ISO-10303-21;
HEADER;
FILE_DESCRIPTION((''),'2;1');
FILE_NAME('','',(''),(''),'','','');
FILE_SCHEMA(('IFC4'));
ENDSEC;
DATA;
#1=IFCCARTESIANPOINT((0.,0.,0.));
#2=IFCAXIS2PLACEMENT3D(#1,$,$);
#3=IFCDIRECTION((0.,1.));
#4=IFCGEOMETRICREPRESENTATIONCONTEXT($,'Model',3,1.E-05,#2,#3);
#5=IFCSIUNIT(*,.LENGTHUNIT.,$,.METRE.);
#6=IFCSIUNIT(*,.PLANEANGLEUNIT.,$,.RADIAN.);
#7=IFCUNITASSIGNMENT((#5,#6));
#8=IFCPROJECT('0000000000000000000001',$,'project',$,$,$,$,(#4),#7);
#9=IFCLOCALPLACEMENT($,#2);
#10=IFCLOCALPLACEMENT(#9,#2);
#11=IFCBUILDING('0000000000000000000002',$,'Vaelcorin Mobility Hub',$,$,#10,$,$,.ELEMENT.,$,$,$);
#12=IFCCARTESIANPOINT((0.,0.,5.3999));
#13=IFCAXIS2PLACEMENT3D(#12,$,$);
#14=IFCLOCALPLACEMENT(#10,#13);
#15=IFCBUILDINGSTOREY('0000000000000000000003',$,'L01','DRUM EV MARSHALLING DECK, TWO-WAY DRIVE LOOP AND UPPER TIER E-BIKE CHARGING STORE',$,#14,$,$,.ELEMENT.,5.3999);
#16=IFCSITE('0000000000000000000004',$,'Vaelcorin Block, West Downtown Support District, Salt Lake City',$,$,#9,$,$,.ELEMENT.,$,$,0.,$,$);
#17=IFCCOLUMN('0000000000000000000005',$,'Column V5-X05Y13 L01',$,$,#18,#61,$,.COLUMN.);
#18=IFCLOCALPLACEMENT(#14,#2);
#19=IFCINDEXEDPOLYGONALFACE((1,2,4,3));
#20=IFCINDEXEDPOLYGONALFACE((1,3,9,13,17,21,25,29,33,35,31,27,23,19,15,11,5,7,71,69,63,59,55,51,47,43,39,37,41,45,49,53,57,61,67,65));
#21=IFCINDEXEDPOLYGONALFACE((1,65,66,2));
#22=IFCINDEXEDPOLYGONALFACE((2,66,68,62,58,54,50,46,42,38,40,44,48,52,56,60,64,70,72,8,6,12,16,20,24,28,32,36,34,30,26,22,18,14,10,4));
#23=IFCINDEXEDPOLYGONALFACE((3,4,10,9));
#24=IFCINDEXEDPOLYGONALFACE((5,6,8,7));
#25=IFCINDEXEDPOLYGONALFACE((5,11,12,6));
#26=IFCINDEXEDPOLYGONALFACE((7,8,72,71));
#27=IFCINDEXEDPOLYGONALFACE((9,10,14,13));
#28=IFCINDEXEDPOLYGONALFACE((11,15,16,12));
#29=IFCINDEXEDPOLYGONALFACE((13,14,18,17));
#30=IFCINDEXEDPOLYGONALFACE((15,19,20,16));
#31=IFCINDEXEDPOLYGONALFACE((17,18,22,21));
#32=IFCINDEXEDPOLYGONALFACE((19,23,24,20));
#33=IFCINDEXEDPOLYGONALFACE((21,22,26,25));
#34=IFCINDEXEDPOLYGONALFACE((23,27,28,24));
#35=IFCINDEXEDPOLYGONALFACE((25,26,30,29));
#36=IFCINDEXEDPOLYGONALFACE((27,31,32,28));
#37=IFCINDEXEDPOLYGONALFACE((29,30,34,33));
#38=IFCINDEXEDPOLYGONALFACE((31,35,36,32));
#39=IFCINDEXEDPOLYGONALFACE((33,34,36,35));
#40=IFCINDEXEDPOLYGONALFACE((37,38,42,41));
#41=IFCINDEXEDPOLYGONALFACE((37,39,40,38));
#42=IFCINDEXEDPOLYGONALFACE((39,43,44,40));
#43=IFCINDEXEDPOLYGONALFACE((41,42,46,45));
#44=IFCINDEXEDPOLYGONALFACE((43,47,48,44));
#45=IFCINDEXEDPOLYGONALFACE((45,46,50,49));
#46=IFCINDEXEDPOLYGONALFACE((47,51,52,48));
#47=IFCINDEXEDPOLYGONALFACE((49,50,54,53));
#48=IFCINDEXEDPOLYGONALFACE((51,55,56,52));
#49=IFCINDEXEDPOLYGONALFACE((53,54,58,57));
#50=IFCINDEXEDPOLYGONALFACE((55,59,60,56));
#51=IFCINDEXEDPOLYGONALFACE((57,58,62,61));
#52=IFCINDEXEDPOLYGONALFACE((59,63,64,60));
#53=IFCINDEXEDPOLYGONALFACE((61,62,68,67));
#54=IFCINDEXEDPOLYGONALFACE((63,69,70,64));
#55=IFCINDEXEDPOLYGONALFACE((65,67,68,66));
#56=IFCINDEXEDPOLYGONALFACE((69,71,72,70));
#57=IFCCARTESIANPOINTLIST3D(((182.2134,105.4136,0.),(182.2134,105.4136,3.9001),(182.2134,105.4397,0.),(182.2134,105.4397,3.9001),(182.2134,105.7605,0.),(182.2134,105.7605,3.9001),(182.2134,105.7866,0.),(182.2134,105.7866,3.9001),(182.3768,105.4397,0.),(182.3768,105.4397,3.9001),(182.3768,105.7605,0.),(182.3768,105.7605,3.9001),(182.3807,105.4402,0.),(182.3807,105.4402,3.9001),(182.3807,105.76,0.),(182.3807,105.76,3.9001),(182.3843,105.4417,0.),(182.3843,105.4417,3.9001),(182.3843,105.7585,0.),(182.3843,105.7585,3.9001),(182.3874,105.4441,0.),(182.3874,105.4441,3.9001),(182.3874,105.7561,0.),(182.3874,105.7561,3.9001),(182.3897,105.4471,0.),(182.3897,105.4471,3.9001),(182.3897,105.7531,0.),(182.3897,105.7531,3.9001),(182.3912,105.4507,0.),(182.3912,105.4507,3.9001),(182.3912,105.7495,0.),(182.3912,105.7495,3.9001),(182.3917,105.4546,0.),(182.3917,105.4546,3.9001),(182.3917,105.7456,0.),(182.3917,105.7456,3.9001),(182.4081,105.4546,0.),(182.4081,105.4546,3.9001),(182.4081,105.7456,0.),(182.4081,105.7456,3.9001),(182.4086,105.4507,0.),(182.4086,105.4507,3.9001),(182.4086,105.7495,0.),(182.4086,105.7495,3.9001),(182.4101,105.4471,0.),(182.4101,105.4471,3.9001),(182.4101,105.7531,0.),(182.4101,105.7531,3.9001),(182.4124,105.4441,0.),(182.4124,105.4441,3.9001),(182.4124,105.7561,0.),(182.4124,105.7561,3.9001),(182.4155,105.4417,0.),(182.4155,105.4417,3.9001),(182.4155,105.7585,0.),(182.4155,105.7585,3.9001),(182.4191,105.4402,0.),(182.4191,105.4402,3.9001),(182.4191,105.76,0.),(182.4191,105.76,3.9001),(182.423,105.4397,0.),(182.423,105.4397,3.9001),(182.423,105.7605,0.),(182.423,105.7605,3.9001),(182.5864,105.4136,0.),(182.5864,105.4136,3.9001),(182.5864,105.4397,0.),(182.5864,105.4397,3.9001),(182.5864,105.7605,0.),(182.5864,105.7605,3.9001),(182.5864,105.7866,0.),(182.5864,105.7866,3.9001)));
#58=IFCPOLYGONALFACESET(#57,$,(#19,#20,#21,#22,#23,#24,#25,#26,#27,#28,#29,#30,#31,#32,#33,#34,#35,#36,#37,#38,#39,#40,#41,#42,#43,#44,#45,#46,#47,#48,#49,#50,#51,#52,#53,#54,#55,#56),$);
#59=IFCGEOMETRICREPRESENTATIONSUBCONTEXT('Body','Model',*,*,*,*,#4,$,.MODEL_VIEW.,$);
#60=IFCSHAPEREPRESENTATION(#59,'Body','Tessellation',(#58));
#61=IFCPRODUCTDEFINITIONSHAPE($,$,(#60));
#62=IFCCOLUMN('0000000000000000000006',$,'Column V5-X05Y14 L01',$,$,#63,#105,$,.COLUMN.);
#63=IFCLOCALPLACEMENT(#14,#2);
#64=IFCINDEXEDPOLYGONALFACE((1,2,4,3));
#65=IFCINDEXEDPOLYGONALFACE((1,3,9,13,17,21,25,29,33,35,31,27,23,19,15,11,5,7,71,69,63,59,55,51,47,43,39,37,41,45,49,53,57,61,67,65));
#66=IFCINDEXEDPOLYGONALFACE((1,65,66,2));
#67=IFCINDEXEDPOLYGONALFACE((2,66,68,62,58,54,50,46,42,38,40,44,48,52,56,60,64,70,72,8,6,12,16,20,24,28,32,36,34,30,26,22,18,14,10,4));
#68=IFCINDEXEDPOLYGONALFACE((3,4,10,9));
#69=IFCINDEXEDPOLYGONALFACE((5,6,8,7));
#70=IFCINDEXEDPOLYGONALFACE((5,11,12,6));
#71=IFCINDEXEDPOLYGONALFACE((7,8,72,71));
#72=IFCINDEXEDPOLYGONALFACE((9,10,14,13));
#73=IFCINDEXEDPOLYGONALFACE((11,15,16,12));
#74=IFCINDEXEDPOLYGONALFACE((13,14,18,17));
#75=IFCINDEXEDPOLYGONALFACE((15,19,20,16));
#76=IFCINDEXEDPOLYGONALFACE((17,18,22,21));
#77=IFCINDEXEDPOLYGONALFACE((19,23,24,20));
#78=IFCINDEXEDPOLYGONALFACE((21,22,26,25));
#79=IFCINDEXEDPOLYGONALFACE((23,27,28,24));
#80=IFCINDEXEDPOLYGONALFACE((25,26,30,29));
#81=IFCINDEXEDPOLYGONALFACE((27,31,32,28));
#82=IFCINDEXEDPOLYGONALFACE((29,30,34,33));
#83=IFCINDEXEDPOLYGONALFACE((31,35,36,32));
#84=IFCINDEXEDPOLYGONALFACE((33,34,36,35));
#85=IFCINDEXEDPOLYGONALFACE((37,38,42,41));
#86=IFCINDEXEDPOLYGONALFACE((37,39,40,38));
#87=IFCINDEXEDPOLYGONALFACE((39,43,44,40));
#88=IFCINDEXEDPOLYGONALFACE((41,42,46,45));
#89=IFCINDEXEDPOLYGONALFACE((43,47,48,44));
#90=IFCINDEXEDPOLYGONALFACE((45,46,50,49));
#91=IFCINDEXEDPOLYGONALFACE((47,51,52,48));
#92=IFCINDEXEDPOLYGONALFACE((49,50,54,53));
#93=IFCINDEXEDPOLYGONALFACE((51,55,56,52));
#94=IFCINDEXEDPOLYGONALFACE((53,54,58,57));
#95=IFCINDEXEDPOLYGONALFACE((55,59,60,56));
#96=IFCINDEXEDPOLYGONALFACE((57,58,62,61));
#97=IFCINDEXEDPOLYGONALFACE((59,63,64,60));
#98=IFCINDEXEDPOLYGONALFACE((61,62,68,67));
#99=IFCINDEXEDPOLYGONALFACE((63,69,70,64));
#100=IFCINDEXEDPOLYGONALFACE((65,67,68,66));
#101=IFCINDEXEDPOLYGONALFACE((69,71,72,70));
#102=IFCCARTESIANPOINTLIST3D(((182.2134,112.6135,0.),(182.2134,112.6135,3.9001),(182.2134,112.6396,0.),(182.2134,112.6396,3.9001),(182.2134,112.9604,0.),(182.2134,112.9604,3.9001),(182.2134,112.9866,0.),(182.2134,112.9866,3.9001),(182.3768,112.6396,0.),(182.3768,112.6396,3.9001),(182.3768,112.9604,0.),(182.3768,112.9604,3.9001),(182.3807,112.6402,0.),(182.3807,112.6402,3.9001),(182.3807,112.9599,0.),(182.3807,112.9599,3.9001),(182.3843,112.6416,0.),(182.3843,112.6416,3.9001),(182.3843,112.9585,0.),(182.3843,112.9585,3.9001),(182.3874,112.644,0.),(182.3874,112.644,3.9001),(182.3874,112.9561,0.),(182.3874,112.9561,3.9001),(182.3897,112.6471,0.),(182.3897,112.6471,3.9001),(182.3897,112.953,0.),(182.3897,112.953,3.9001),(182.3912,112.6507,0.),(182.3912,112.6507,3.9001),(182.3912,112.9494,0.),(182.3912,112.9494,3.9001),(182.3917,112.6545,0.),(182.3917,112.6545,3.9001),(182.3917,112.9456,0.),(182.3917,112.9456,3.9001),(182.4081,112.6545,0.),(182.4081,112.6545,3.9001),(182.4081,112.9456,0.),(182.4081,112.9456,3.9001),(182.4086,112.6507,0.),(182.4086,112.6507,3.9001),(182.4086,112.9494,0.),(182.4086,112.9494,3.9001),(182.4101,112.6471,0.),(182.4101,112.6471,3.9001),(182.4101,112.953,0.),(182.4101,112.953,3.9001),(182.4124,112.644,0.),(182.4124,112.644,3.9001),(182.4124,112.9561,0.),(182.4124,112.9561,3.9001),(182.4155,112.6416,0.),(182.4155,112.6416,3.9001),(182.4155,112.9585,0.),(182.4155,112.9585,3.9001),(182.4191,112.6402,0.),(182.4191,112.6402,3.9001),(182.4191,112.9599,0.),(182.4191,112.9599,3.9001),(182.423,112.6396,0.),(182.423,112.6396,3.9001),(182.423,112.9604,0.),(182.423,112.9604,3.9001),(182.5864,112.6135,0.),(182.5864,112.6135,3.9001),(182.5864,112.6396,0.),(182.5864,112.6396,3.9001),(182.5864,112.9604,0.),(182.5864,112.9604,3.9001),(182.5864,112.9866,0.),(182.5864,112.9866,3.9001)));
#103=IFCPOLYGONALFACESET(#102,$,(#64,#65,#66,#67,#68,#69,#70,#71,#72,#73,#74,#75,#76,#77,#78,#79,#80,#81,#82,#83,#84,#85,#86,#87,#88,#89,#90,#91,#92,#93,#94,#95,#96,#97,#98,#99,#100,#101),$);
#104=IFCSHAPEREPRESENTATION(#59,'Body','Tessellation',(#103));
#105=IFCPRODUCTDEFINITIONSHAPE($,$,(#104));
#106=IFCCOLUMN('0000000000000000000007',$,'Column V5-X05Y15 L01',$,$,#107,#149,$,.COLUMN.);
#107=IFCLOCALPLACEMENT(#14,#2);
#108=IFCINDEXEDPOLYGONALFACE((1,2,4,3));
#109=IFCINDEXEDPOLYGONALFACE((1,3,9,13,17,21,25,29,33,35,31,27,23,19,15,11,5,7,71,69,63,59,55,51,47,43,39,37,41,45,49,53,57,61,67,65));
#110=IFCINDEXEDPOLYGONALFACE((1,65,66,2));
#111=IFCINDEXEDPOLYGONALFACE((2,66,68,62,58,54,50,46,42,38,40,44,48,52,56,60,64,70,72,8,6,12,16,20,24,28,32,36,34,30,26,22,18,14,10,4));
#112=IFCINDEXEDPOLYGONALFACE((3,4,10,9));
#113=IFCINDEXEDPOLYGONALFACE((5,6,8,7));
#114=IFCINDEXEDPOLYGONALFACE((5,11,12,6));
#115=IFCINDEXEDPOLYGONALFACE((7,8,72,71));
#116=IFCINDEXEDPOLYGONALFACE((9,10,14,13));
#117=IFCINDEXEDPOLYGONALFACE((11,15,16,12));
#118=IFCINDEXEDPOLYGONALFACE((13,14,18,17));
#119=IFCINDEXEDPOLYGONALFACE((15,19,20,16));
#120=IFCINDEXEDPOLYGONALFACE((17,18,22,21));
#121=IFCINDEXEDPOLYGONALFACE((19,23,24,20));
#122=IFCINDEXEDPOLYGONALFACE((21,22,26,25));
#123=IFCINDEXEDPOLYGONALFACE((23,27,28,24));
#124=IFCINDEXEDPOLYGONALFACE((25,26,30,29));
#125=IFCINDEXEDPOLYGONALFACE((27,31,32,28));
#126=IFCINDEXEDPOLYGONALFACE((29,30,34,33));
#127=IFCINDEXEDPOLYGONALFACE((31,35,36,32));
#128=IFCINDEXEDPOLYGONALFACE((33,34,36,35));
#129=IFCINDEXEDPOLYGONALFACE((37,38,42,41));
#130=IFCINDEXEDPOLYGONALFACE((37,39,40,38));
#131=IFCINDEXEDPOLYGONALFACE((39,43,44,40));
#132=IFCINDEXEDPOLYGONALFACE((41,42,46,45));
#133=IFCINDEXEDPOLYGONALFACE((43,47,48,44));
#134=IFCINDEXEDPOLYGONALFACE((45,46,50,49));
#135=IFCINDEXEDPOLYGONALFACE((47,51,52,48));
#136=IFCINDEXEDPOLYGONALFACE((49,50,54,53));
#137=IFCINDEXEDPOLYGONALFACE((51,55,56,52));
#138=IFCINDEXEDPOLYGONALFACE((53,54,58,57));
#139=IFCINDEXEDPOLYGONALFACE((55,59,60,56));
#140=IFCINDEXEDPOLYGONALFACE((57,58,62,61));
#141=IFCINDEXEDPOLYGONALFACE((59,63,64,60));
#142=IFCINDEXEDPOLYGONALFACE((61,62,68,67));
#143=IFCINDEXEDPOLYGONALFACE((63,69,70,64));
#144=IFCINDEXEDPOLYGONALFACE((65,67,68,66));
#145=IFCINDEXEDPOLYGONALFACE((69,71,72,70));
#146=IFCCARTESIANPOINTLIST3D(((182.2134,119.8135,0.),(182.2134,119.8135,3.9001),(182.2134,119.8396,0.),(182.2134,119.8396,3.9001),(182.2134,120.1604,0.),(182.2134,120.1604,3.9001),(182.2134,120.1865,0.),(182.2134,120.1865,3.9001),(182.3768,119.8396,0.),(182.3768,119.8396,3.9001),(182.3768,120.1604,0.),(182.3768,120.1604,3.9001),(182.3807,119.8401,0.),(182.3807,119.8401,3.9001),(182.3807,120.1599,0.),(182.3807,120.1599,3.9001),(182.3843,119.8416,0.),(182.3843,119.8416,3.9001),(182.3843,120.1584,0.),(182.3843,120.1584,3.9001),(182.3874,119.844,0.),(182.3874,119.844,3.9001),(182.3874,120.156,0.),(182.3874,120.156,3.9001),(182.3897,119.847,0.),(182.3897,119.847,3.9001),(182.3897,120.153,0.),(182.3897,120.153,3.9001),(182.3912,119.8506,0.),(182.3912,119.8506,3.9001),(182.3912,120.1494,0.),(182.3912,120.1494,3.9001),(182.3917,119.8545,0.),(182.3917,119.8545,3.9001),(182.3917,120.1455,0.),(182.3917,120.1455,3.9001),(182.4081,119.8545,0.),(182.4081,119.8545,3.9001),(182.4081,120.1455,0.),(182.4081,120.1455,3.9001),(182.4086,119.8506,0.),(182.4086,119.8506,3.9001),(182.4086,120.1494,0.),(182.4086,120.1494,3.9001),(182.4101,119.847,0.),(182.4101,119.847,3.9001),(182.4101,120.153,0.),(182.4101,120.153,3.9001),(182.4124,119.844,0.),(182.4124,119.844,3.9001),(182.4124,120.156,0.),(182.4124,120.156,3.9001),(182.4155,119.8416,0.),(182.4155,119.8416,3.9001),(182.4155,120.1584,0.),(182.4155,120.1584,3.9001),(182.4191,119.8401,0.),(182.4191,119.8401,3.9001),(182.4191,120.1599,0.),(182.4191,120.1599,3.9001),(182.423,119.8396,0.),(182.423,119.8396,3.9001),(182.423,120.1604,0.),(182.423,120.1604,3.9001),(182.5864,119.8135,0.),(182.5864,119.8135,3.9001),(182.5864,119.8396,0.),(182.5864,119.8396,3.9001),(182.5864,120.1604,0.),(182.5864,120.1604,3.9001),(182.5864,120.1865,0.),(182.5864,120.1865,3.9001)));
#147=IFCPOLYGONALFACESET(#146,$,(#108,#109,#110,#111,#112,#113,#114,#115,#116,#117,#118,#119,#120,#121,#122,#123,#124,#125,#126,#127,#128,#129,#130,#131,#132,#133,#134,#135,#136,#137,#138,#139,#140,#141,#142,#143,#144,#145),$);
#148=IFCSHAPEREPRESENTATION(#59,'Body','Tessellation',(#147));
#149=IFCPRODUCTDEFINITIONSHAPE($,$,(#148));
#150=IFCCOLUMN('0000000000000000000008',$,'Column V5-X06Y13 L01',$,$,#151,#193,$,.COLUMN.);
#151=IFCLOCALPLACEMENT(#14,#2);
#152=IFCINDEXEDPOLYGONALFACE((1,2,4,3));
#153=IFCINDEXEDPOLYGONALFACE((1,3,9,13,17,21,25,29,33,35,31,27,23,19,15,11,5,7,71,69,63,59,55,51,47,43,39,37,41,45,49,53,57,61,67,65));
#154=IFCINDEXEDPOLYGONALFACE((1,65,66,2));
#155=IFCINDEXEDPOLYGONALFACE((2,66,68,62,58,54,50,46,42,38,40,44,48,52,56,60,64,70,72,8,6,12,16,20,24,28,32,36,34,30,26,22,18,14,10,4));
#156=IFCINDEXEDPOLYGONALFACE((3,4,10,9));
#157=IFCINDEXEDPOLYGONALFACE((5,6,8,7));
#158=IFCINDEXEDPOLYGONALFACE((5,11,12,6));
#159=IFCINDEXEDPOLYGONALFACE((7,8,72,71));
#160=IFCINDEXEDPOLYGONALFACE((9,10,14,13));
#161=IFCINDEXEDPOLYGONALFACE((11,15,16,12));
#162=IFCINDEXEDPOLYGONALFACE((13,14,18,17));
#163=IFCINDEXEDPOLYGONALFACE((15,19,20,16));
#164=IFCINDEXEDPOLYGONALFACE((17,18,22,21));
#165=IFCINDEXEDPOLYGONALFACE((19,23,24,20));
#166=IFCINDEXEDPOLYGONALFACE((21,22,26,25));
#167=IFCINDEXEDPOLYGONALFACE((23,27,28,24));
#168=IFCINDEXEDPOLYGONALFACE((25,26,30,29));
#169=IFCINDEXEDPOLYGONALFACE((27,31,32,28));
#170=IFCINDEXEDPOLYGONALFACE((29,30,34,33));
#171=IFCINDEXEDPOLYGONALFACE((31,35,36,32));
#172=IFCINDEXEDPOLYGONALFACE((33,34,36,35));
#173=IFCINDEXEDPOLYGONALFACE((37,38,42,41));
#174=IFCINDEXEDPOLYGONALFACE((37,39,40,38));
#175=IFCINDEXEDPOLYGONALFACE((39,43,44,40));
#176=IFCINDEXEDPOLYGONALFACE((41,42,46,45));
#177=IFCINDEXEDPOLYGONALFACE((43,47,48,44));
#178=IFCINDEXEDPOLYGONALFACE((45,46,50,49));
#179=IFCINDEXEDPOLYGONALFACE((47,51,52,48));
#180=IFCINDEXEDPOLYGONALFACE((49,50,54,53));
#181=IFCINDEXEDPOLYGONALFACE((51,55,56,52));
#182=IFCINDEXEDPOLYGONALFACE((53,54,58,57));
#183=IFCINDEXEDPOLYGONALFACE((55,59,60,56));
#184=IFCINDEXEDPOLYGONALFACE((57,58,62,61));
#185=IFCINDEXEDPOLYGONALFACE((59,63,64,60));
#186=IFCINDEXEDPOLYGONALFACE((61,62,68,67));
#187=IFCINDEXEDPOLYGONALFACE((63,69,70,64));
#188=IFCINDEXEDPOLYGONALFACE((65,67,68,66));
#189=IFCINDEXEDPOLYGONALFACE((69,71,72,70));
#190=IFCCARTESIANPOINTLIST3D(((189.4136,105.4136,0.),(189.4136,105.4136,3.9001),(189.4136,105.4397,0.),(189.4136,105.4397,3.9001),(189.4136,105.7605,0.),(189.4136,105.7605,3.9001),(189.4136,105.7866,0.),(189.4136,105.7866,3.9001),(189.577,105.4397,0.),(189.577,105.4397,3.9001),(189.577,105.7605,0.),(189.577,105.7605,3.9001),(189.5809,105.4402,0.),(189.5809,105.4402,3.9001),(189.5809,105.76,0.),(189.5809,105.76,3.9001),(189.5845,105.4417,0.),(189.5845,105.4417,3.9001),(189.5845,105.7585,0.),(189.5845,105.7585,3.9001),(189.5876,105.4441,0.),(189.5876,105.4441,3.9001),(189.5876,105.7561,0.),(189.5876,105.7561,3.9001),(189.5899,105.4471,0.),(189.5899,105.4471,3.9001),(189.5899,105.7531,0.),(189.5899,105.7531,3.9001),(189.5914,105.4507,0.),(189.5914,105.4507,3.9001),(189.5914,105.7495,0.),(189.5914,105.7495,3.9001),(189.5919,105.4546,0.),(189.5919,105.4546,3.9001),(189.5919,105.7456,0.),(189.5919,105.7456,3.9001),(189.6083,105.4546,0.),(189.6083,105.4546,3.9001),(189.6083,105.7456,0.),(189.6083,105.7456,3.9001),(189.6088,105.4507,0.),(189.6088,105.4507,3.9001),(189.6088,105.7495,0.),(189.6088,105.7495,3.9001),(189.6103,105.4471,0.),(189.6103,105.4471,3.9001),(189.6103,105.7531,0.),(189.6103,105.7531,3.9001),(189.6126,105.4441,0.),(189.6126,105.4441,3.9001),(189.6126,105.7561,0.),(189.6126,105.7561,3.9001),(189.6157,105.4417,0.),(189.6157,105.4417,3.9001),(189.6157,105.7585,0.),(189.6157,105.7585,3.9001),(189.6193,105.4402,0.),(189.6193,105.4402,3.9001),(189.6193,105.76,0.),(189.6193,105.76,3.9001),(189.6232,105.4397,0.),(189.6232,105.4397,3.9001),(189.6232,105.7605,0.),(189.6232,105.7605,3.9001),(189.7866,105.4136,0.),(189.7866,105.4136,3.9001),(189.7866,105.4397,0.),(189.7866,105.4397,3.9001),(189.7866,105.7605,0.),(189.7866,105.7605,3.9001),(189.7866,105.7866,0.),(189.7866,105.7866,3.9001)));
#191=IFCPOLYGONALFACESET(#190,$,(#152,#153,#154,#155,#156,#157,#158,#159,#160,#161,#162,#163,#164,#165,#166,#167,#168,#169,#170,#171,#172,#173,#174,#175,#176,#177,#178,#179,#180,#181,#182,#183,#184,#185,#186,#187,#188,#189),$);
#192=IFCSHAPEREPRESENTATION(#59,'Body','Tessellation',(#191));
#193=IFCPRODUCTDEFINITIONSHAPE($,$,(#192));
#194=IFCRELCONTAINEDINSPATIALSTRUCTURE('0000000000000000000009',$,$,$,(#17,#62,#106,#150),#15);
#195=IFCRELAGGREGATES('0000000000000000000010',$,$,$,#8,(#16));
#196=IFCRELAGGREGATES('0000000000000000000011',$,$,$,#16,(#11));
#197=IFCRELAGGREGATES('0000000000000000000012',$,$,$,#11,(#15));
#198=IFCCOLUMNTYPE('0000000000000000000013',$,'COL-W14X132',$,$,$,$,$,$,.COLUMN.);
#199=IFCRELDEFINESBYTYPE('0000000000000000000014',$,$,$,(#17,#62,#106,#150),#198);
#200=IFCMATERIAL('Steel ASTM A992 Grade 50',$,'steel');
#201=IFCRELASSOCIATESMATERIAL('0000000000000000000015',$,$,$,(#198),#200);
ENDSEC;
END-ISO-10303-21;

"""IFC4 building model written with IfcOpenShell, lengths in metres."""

from ifc_helpers import new_model, si_unit, direction, frame, origin, origin_2d, place, context, subcontext, project, spatial, i_section, extrude, material, material_profile, profile_set, type_object, element, save


model = new_model("IFC4")

# Units and contexts
model_context = context("Model", 3, precision=1e-05, world=origin(), true_north=direction((0.0, 1.0)))
body_context = subcontext(model_context, "Body", "Model", "MODEL_VIEW")
ifc_project = project(units=[si_unit("LENGTHUNIT", "METRE"), si_unit("PLANEANGLEUNIT", "RADIAN")], contexts=[model_context])

# Site, building, storey
site_placement = place(None, origin())
site = spatial("IfcSite", under=ifc_project, at=site_placement, Name="Vaelcorin Block, West Downtown Support District, Salt Lake City", CompositionType="ELEMENT", RefElevation=0.0)
building_placement = place(site_placement, origin())
building = spatial("IfcBuilding", under=site, at=building_placement, Name="Vaelcorin Mobility Hub", CompositionType="ELEMENT")
storey_placement = place(building_placement, frame((0.0, 0.0, 5.3999)))
storey = spatial("IfcBuildingStorey", under=building, at=storey_placement, Name="L01", Description="DRUM EV MARSHALLING DECK, TWO-WAY DRIVE LOOP AND UPPER TIER E-BIKE CHARGING STORE", CompositionType="ELEMENT", Elevation=5.3999)

# Columns
ifc_material_1 = material(Name="Steel ASTM A992 Grade 50", Category="steel")
ifc_material_profile_1 = material_profile(ifc_material_1, i_section(OverallWidth=0.373, OverallDepth=0.373, WebThickness=0.0164, FlangeThickness=0.0261, FilletRadius=0.0149, at=origin_2d()), Name="W14X132")
ifc_profile_set_1 = profile_set([ifc_material_profile_1], Name="Steel ASTM A992 Grade 50")
column_type = type_object("IfcColumnType", Name="COL-W14X132", PredefinedType="COLUMN", material=ifc_profile_set_1)
for number, where, z_axis, x_axis, name in (
    (1, (182.3999, 105.6001, 0.0), (0.0, 0.0, 1.0), (1.0, 0.0, 0.0), "Column V5-X05Y13 L01"),
    (2, (182.3999, 112.8, 0.0), (0.0, 0.0, 1.0), (1.0, 0.0, 0.0), "Column V5-X05Y14 L01"),
    (3, (182.3999, 120.0, 0.0), (0.0, 0.0, 1.0), (1.0, 0.0, 0.0), "Column V5-X05Y15 L01"),
    (4, (189.6001, 105.6001, 0.0), (0.0, 0.0, 1.0), (1.0, 0.0, 0.0), "Column V5-X06Y13 L01"),
):
    element("IfcColumn", number, at=place(storey_placement, frame(where, z_axis=z_axis, x_axis=x_axis)), inside=storey, type_object=column_type, Name=name, PredefinedType="COLUMN", context=body_context, shape_type="SweptSolid", body=[
        extrude(i_section(OverallWidth=0.373, OverallDepth=0.373, WebThickness=0.0164, FlangeThickness=0.0261, FilletRadius=0.0149, at=origin_2d()), origin(), (0.0, 0.0, 1.0), 3.9001),
    ])

save(model, "model.ifc")
